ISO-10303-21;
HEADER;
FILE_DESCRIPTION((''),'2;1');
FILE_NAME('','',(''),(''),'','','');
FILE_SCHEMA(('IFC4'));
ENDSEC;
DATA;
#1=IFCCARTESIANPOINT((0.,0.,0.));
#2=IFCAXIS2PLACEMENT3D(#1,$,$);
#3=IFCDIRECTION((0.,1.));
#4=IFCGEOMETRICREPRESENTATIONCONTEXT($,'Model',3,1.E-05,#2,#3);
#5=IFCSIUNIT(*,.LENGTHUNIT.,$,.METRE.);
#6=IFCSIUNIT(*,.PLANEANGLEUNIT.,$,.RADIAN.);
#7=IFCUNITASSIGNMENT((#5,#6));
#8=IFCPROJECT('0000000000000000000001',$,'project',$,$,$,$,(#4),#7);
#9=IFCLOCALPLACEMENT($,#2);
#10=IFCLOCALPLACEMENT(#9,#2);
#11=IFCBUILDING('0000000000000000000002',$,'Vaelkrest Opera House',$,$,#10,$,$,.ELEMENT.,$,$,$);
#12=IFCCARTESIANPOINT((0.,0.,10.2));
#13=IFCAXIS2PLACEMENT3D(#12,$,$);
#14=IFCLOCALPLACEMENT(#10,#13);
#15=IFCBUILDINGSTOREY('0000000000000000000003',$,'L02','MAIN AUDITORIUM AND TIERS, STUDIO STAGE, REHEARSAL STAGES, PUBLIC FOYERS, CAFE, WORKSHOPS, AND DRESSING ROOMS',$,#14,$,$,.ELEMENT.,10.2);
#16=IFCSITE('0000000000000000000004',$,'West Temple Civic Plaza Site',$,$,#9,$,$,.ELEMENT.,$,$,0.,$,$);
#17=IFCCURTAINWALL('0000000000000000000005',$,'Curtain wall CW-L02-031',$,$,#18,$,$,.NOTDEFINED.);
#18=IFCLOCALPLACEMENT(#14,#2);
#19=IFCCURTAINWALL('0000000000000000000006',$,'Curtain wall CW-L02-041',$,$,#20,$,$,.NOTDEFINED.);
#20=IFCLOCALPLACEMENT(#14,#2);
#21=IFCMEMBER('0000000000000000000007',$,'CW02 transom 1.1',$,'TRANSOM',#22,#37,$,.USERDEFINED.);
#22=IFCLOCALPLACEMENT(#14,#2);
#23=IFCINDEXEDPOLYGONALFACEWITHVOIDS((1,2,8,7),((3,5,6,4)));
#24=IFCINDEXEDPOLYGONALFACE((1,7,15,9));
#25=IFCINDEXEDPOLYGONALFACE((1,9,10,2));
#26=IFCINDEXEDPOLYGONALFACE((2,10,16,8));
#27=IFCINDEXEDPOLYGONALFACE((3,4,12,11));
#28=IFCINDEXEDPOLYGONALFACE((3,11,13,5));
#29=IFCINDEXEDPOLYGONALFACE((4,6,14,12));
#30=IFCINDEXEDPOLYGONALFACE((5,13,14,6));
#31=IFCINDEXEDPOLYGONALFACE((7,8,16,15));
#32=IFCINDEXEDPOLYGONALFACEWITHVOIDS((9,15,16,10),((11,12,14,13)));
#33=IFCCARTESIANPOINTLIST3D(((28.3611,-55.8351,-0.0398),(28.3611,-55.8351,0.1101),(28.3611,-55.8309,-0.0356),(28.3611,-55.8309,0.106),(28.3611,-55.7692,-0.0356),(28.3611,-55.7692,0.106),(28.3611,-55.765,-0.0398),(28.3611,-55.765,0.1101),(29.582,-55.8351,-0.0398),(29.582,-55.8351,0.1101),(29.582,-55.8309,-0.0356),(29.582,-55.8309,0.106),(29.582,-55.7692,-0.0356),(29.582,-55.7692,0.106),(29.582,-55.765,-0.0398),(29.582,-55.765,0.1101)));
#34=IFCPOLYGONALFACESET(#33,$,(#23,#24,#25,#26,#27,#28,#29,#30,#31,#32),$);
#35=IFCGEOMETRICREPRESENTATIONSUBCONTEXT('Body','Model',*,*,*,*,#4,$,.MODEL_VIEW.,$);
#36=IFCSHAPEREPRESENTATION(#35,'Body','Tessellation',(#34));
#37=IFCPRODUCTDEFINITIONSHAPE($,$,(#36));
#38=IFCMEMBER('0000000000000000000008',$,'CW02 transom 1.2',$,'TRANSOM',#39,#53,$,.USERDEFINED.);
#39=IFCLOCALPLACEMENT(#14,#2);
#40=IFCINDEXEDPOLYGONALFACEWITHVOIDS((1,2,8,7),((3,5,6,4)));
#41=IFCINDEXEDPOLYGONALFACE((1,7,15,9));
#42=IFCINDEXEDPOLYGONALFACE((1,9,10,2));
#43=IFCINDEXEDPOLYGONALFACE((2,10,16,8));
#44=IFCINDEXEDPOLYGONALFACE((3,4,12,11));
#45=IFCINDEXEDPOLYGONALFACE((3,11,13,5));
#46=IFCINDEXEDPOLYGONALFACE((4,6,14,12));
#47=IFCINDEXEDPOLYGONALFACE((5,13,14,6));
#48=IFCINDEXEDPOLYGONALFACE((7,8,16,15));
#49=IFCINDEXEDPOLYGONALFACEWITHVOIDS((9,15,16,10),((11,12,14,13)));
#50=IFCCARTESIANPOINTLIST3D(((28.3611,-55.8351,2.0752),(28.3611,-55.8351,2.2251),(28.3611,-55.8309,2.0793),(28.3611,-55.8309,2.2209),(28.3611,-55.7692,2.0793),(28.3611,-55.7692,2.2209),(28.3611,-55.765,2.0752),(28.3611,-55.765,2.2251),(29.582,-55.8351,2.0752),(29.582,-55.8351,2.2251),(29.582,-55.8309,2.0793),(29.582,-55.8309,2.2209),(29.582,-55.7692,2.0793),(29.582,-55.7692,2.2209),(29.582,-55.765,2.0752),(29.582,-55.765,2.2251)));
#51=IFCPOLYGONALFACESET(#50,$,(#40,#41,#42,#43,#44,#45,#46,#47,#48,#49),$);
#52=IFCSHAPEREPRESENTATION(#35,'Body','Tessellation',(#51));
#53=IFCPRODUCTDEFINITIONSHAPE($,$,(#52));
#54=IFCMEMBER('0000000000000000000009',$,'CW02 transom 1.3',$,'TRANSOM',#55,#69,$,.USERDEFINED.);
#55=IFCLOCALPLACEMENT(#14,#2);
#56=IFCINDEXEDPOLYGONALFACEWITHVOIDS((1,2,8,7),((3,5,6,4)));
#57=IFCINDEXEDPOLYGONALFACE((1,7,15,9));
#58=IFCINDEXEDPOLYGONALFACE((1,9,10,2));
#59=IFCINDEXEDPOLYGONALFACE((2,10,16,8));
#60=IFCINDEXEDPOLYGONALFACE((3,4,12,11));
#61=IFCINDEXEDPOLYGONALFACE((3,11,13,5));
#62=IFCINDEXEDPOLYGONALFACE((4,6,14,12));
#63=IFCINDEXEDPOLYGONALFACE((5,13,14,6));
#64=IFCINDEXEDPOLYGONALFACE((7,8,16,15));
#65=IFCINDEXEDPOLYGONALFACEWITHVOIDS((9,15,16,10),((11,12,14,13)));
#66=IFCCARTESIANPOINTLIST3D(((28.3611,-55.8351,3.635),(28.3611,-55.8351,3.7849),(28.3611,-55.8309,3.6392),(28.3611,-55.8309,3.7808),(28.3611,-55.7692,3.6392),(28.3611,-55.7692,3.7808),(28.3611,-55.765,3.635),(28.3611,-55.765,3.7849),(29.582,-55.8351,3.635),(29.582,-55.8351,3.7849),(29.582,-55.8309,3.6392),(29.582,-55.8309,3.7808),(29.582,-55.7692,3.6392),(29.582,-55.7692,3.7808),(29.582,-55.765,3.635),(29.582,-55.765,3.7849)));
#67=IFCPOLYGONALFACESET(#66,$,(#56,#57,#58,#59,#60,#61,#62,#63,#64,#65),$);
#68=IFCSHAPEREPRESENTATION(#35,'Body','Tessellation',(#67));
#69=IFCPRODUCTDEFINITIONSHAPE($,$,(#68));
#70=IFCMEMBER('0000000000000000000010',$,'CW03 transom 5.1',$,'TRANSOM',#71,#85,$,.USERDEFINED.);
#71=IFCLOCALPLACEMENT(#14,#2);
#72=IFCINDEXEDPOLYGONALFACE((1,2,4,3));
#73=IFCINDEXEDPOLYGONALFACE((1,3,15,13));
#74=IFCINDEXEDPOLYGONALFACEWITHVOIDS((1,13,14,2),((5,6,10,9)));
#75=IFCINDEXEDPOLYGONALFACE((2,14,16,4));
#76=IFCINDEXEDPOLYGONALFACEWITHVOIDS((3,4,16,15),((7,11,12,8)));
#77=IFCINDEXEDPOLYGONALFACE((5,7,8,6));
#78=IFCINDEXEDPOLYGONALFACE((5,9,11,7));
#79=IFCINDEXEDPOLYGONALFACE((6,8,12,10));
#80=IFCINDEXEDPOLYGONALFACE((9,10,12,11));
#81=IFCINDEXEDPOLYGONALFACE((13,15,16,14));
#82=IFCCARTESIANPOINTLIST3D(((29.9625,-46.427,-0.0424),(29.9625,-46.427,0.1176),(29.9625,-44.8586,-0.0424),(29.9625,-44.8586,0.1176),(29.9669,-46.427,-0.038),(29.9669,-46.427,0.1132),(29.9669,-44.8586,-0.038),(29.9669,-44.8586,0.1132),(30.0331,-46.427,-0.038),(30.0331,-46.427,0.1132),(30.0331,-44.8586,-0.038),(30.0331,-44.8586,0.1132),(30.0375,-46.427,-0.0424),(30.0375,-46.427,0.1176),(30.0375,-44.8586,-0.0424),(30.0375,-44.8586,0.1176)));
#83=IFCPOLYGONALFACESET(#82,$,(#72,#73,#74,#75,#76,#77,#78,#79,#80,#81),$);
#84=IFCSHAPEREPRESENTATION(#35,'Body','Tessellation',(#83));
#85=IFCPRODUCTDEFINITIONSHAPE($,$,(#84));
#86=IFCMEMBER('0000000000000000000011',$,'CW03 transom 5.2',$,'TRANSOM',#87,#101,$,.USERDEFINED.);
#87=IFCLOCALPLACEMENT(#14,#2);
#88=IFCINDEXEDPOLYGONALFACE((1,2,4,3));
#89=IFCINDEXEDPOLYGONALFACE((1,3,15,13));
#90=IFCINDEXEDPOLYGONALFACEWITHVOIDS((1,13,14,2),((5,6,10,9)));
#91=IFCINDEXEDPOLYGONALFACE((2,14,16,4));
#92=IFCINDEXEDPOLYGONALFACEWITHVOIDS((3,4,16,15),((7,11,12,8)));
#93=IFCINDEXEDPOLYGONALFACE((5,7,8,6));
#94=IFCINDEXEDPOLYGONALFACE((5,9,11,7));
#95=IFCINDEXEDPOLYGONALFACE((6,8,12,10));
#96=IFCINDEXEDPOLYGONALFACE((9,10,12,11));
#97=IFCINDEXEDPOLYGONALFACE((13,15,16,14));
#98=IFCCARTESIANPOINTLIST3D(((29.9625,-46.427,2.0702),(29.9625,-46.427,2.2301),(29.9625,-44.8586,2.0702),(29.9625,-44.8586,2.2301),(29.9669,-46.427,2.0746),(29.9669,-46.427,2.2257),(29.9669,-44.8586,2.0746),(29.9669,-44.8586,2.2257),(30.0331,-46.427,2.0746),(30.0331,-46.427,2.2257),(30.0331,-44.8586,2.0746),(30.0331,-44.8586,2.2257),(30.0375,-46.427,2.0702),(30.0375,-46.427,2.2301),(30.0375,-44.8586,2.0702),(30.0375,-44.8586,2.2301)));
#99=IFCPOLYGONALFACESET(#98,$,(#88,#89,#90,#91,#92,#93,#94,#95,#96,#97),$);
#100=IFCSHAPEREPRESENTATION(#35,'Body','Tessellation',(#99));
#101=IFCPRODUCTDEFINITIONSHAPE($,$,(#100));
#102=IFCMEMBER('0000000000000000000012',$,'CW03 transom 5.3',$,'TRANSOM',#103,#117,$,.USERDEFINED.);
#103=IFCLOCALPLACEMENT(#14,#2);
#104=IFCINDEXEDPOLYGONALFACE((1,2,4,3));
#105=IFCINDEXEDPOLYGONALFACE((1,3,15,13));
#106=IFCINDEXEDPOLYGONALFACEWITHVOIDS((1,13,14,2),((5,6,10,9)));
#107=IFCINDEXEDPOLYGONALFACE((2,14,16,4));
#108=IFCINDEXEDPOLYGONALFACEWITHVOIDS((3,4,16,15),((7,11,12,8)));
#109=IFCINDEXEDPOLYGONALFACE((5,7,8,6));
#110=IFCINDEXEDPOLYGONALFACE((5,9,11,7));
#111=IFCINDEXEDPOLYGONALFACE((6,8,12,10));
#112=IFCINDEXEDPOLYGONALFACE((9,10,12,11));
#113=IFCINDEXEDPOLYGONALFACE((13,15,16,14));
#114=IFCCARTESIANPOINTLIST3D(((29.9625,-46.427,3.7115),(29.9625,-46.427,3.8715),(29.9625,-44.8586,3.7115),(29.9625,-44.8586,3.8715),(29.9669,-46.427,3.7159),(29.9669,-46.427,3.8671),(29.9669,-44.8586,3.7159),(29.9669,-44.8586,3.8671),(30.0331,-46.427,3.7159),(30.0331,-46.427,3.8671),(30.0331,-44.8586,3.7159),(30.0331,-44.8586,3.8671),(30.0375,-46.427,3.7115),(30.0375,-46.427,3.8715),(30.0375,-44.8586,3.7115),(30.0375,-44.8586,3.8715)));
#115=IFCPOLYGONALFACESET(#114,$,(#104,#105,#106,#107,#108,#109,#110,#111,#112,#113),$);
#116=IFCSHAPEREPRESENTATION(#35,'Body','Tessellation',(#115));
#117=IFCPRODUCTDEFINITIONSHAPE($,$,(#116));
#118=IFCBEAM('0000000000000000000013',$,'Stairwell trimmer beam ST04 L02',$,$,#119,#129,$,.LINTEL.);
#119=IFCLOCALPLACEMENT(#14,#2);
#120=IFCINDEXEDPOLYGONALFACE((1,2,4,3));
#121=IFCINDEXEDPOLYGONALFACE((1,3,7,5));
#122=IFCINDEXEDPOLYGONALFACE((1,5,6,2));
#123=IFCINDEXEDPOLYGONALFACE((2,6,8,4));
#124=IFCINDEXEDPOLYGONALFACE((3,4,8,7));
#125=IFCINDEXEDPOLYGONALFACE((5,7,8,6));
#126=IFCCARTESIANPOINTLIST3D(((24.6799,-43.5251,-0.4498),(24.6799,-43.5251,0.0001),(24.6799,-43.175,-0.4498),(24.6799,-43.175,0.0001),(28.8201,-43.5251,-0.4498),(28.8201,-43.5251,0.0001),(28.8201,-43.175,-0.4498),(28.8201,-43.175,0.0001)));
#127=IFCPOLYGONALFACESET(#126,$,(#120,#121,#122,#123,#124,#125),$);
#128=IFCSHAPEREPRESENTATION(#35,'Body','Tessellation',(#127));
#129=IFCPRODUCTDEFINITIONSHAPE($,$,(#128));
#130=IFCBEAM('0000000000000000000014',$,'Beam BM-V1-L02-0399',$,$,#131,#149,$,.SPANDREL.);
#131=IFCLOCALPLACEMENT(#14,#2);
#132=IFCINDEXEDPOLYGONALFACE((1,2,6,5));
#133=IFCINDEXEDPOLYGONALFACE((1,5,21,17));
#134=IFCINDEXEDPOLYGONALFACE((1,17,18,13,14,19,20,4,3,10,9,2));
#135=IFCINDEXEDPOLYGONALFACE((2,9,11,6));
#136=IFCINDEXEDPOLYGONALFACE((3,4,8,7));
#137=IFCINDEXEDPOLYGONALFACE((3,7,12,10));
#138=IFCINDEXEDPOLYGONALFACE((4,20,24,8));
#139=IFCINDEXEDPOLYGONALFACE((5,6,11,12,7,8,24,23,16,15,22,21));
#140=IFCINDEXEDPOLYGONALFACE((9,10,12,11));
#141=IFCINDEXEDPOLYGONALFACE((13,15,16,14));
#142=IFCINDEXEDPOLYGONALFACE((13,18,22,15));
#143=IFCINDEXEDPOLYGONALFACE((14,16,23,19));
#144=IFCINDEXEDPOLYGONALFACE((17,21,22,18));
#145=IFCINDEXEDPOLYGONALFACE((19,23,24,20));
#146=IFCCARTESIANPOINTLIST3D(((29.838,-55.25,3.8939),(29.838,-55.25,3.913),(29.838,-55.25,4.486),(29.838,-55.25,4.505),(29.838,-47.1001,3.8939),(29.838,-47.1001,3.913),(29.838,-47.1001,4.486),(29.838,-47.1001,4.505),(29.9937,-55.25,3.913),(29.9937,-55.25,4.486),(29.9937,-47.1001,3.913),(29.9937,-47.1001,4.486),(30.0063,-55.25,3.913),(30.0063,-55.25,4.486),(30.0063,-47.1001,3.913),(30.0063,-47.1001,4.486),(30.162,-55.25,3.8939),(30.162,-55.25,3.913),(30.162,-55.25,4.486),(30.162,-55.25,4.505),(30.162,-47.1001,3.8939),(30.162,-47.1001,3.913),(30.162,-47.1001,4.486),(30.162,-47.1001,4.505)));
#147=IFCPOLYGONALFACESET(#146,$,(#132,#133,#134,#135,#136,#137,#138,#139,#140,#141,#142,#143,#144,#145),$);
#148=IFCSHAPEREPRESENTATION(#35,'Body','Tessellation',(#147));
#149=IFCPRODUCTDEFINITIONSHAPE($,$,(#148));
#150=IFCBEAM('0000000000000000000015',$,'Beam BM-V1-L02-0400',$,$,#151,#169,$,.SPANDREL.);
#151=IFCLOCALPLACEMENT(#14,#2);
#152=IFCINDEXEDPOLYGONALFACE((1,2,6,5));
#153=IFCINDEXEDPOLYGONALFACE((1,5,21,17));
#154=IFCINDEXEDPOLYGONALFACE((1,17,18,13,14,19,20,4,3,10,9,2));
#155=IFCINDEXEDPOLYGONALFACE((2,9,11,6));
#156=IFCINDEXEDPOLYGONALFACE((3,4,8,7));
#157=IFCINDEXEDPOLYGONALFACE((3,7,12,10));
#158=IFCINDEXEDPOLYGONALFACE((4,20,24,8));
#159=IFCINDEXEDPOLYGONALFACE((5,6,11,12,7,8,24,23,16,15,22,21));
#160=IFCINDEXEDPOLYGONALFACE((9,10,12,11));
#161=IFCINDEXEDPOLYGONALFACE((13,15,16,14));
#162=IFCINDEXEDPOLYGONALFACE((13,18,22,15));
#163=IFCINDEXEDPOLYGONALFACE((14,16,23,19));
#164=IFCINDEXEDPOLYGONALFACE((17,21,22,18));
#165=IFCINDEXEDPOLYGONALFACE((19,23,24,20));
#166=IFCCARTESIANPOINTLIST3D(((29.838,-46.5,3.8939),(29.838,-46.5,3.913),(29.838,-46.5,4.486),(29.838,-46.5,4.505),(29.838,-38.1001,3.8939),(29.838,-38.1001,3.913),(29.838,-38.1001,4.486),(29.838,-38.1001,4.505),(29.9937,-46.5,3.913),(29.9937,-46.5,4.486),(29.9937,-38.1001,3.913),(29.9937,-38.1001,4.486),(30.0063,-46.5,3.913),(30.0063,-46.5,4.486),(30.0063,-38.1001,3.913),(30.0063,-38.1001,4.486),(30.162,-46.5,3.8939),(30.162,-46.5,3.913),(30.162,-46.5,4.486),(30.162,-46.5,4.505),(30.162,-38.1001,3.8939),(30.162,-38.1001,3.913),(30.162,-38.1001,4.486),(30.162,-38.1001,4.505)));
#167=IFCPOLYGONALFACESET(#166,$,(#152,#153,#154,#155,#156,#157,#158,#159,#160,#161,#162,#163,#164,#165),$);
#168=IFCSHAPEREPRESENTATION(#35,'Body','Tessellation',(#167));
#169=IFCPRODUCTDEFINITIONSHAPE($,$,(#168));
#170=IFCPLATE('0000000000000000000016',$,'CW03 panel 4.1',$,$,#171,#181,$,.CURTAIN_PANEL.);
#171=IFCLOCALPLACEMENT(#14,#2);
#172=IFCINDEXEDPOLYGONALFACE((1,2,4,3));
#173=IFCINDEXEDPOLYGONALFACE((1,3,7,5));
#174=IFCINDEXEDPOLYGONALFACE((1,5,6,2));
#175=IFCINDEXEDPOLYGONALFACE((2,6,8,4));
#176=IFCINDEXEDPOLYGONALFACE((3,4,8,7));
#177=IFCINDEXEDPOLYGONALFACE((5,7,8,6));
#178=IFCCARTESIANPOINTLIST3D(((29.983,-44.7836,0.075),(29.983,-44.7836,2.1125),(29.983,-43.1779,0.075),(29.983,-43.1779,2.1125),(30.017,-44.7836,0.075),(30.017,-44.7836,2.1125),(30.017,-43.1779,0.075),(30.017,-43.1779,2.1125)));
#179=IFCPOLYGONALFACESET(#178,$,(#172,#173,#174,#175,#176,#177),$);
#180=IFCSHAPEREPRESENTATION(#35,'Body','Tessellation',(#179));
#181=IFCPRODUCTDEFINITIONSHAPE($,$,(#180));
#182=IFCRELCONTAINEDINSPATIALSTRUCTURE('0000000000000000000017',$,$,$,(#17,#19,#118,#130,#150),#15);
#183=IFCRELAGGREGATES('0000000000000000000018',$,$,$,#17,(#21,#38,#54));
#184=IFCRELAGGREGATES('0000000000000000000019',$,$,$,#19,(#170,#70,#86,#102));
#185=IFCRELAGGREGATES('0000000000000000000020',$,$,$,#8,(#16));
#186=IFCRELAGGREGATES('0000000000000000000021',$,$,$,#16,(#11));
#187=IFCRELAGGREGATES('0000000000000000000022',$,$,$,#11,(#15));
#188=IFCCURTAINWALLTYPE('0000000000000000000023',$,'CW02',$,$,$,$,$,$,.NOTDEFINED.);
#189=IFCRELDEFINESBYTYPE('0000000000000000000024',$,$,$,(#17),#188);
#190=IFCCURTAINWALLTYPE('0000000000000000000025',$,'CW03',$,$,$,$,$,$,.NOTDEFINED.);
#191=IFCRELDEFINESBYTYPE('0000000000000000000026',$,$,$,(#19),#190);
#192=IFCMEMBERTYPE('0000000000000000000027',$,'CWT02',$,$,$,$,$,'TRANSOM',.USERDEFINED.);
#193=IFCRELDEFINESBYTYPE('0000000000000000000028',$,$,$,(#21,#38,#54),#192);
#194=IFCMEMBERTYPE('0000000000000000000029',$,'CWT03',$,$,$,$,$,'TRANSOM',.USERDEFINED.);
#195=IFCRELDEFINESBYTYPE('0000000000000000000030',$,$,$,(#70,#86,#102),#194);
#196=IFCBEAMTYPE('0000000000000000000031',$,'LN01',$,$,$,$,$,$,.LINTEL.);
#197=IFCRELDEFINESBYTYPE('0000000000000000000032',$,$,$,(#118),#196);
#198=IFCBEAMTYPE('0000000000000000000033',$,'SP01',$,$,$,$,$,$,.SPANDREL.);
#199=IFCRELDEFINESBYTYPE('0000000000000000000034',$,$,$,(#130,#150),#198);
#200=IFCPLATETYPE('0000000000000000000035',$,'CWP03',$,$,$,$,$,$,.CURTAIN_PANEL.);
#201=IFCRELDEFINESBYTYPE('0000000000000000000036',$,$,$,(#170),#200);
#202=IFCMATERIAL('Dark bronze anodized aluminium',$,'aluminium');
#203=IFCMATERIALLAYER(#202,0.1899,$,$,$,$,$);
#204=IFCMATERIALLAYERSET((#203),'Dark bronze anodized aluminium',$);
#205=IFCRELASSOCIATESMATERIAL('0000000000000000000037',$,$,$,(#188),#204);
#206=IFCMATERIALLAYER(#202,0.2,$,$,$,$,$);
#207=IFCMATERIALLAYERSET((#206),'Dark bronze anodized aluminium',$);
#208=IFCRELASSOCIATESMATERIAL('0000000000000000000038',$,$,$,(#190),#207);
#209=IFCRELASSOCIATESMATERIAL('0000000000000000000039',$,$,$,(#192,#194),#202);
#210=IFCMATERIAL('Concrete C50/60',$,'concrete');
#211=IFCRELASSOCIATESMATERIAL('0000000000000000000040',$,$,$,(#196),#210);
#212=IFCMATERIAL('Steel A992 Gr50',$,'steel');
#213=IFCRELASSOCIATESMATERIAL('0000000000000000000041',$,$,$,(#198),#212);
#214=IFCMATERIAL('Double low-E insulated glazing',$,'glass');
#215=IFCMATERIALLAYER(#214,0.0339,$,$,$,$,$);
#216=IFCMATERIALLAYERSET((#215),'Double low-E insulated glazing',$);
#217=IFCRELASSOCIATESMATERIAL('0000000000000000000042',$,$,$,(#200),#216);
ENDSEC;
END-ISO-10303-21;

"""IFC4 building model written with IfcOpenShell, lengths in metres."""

from ifc_helpers import new_model, si_unit, direction, frame, origin, origin_2d, place, context, subcontext, project, spatial, rectangle, hollow_rectangle, i_section, extrude, material, layer, layer_set, material_profile, profile_set, type_object, element, aggregate, save


model = new_model("IFC4")

# Units and contexts
model_context = context("Model", 3, precision=1e-05, world=origin(), true_north=direction((0.0, 1.0)))
body_context = subcontext(model_context, "Body", "Model", "MODEL_VIEW")
ifc_project = project(units=[si_unit("LENGTHUNIT", "METRE"), si_unit("PLANEANGLEUNIT", "RADIAN")], contexts=[model_context])

# Site, building, storey
site_placement = place(None, origin())
site = spatial("IfcSite", under=ifc_project, at=site_placement, Name="West Temple Civic Plaza Site", CompositionType="ELEMENT", RefElevation=0.0)
building_placement = place(site_placement, origin())
building = spatial("IfcBuilding", under=site, at=building_placement, Name="Vaelkrest Opera House", CompositionType="ELEMENT")
storey_placement = place(building_placement, frame((0.0, 0.0, 10.2)))
storey = spatial("IfcBuildingStorey", under=building, at=storey_placement, Name="L02", Description="MAIN AUDITORIUM AND TIERS, STUDIO STAGE, REHEARSAL STAGES, PUBLIC FOYERS, CAFE, WORKSHOPS, AND DRESSING ROOMS", CompositionType="ELEMENT", Elevation=10.2)

# Shared definitions
ifc_material_1 = material(Name="Concrete C50/60", Category="concrete")

# Shared definitions
ifc_material_2 = material(Name="Steel A992 Gr50", Category="steel")

# Curtain wall
ifc_material_3 = material(Name="Dark bronze anodized aluminium", Category="aluminium")
ifc_layer_1 = layer(ifc_material_3, 0.1899)
ifc_layer_set_1 = layer_set([ifc_layer_1], Name="Dark bronze anodized aluminium")
curtain_wall_type_1 = type_object("IfcCurtainWallType", Name="CW02", PredefinedType="NOTDEFINED", material=ifc_layer_set_1)
curtain_wall_1_placement = place(storey_placement, origin())
curtain_wall_1 = element("IfcCurtainWall", 1, at=curtain_wall_1_placement, inside=storey, type_object=curtain_wall_type_1, Name="Curtain wall CW-L02-031", PredefinedType="NOTDEFINED")

# Curtain wall
ifc_layer_2 = layer(ifc_material_3, 0.2)
ifc_layer_set_2 = layer_set([ifc_layer_2], Name="Dark bronze anodized aluminium")
curtain_wall_type_2 = type_object("IfcCurtainWallType", Name="CW03", PredefinedType="NOTDEFINED", material=ifc_layer_set_2)
curtain_wall_2_placement = place(storey_placement, origin())
curtain_wall_2 = element("IfcCurtainWall", 2, at=curtain_wall_2_placement, inside=storey, type_object=curtain_wall_type_2, Name="Curtain wall CW-L02-041", PredefinedType="NOTDEFINED")

# Members
ifc_material_profile_1 = material_profile(ifc_material_3, hollow_rectangle(XDim=0.0701, YDim=0.1499, WallThickness=0.0042, at=origin_2d()), Name="CWT70X150")
ifc_profile_set_1 = profile_set([ifc_material_profile_1], Name="Dark bronze anodized aluminium")
member_type_1 = type_object("IfcMemberType", Name="CWT02", ElementType="TRANSOM", PredefinedType="USERDEFINED", material=ifc_profile_set_1)
member_1_placement = place(storey_placement, frame((29.582, -55.8, 0.0352), z_axis=(-1.0, 0.0, 0.0), x_axis=(0.0, -1.0, 0.0)))
member_1 = element("IfcMember", 3, at=member_1_placement, type_object=member_type_1, Name="CW02 transom 1.1", ObjectType="TRANSOM", PredefinedType="USERDEFINED", context=body_context, shape_type="SweptSolid", body=[
    extrude(hollow_rectangle(XDim=0.0701, YDim=0.1499, WallThickness=0.0042, at=origin_2d()), origin(), (0.0, 0.0, 1.0), 1.2209),
])
member_2_placement = place(storey_placement, frame((29.582, -55.8, 2.1501), z_axis=(-1.0, 0.0, 0.0), x_axis=(0.0, -1.0, 0.0)))
member_2 = element("IfcMember", 4, at=member_2_placement, type_object=member_type_1, Name="CW02 transom 1.2", ObjectType="TRANSOM", PredefinedType="USERDEFINED", context=body_context, shape_type="SweptSolid", body=[
    extrude(hollow_rectangle(XDim=0.0701, YDim=0.1499, WallThickness=0.0042, at=origin_2d()), origin(), (0.0, 0.0, 1.0), 1.2209),
])
member_3_placement = place(storey_placement, frame((29.582, -55.8, 3.71), z_axis=(-1.0, 0.0, 0.0), x_axis=(0.0, -1.0, 0.0)))
member_3 = element("IfcMember", 5, at=member_3_placement, type_object=member_type_1, Name="CW02 transom 1.3", ObjectType="TRANSOM", PredefinedType="USERDEFINED", context=body_context, shape_type="SweptSolid", body=[
    extrude(hollow_rectangle(XDim=0.0701, YDim=0.1499, WallThickness=0.0042, at=origin_2d()), origin(), (0.0, 0.0, 1.0), 1.2209),
])
aggregate(curtain_wall_1, [member_1, member_2, member_3])
ifc_material_profile_2 = material_profile(ifc_material_3, hollow_rectangle(XDim=0.075, YDim=0.1599, WallThickness=0.0044, at=origin_2d()), Name="CWT75X160")
ifc_profile_set_2 = profile_set([ifc_material_profile_2], Name="Dark bronze anodized aluminium")
member_type_2 = type_object("IfcMemberType", Name="CWT03", ElementType="TRANSOM", PredefinedType="USERDEFINED", material=ifc_profile_set_2)
member_4_placement = place(storey_placement, frame((30.0, -44.8586, 0.0376), z_axis=(0.0, -1.0, 0.0), x_axis=(1.0, 0.0, 0.0)))
member_4 = element("IfcMember", 6, at=member_4_placement, type_object=member_type_2, Name="CW03 transom 5.1", ObjectType="TRANSOM", PredefinedType="USERDEFINED", context=body_context, shape_type="SweptSolid", body=[
    extrude(hollow_rectangle(XDim=0.075, YDim=0.1599, WallThickness=0.0044, at=origin_2d()), origin(), (0.0, 0.0, 1.0), 1.5684),
])
member_5_placement = place(storey_placement, frame((30.0, -44.8586, 2.1501), z_axis=(0.0, -1.0, 0.0), x_axis=(1.0, 0.0, 0.0)))
member_5 = element("IfcMember", 7, at=member_5_placement, type_object=member_type_2, Name="CW03 transom 5.2", ObjectType="TRANSOM", PredefinedType="USERDEFINED", context=body_context, shape_type="SweptSolid", body=[
    extrude(hollow_rectangle(XDim=0.075, YDim=0.1599, WallThickness=0.0044, at=origin_2d()), origin(), (0.0, 0.0, 1.0), 1.5684),
])
member_6_placement = place(storey_placement, frame((30.0, -44.8586, 3.7915), z_axis=(0.0, -1.0, 0.0), x_axis=(1.0, 0.0, 0.0)))
member_6 = element("IfcMember", 8, at=member_6_placement, type_object=member_type_2, Name="CW03 transom 5.3", ObjectType="TRANSOM", PredefinedType="USERDEFINED", context=body_context, shape_type="SweptSolid", body=[
    extrude(hollow_rectangle(XDim=0.075, YDim=0.1599, WallThickness=0.0044, at=origin_2d()), origin(), (0.0, 0.0, 1.0), 1.5684),
])

# Beams
ifc_material_profile_3 = material_profile(ifc_material_1, rectangle(XDim=0.3501, YDim=0.45, at=origin_2d()), Name="RCB350X450")
ifc_profile_set_3 = profile_set([ifc_material_profile_3], Name="Concrete C50/60")
beam_type_1 = type_object("IfcBeamType", Name="LN01", PredefinedType="LINTEL", material=ifc_profile_set_3)
beam_1_placement = place(storey_placement, frame((24.6799, -43.3501, -0.2249), z_axis=(1.0, 0.0, 0.0), x_axis=(0.0, 1.0, 0.0)))
element("IfcBeam", 9, at=beam_1_placement, inside=storey, type_object=beam_type_1, Name="Stairwell trimmer beam ST04 L02", PredefinedType="LINTEL", context=body_context, shape_type="SweptSolid", body=[
    extrude(rectangle(XDim=0.3501, YDim=0.45, at=origin_2d()), origin(), (0.0, 0.0, 1.0), 4.1401),
])
ifc_material_profile_4 = material_profile(ifc_material_2, i_section(OverallWidth=0.324, OverallDepth=0.6111, WebThickness=0.0127, FlangeThickness=0.019, at=origin_2d()), Name="W24X104")
ifc_profile_set_4 = profile_set([ifc_material_profile_4], Name="Steel A992 Gr50")
beam_type_2 = type_object("IfcBeamType", Name="SP01", PredefinedType="SPANDREL", material=ifc_profile_set_4)
beam_2_placement = place(storey_placement, frame((30.0, -55.25, 4.1995), z_axis=(0.0, 1.0, 0.0), x_axis=(-1.0, 0.0, 0.0)))
element("IfcBeam", 10, at=beam_2_placement, inside=storey, type_object=beam_type_2, Name="Beam BM-V1-L02-0399", PredefinedType="SPANDREL", context=body_context, shape_type="SweptSolid", body=[
    extrude(i_section(OverallWidth=0.324, OverallDepth=0.6111, WebThickness=0.0127, FlangeThickness=0.019, at=origin_2d()), origin(), (0.0, 0.0, 1.0), 8.1499),
])
beam_3_placement = place(storey_placement, frame((30.0, -46.5, 4.1995), z_axis=(0.0, 1.0, 0.0), x_axis=(-1.0, 0.0, 0.0)))
element("IfcBeam", 11, at=beam_3_placement, inside=storey, type_object=beam_type_2, Name="Beam BM-V1-L02-0400", PredefinedType="SPANDREL", context=body_context, shape_type="SweptSolid", body=[
    extrude(i_section(OverallWidth=0.324, OverallDepth=0.6111, WebThickness=0.0127, FlangeThickness=0.019, at=origin_2d()), origin(), (0.0, 0.0, 1.0), 8.3999),
])

# Plate
ifc_material_4 = material(Name="Double low-E insulated glazing", Category="glass")
ifc_layer_3 = layer(ifc_material_4, 0.0339)
ifc_layer_set_3 = layer_set([ifc_layer_3], Name="Double low-E insulated glazing")
plate_type = type_object("IfcPlateType", Name="CWP03", PredefinedType="CURTAIN_PANEL", material=ifc_layer_set_3)
plate_1_placement = place(storey_placement, frame((30.0, -43.9807, 0.075), z_axis=(0.0, 0.0, 1.0), x_axis=(0.0, -1.0, 0.0)))
plate_1 = element("IfcPlate", 12, at=plate_1_placement, type_object=plate_type, Name="CW03 panel 4.1", PredefinedType="CURTAIN_PANEL", context=body_context, shape_type="SweptSolid", body=[
    extrude(rectangle(XDim=1.6057, YDim=0.0339, at=origin_2d()), origin(), (0.0, 0.0, 1.0), 2.0376),
])
aggregate(curtain_wall_2, [plate_1, member_4, member_5, member_6])

save(model, "model.ifc")
